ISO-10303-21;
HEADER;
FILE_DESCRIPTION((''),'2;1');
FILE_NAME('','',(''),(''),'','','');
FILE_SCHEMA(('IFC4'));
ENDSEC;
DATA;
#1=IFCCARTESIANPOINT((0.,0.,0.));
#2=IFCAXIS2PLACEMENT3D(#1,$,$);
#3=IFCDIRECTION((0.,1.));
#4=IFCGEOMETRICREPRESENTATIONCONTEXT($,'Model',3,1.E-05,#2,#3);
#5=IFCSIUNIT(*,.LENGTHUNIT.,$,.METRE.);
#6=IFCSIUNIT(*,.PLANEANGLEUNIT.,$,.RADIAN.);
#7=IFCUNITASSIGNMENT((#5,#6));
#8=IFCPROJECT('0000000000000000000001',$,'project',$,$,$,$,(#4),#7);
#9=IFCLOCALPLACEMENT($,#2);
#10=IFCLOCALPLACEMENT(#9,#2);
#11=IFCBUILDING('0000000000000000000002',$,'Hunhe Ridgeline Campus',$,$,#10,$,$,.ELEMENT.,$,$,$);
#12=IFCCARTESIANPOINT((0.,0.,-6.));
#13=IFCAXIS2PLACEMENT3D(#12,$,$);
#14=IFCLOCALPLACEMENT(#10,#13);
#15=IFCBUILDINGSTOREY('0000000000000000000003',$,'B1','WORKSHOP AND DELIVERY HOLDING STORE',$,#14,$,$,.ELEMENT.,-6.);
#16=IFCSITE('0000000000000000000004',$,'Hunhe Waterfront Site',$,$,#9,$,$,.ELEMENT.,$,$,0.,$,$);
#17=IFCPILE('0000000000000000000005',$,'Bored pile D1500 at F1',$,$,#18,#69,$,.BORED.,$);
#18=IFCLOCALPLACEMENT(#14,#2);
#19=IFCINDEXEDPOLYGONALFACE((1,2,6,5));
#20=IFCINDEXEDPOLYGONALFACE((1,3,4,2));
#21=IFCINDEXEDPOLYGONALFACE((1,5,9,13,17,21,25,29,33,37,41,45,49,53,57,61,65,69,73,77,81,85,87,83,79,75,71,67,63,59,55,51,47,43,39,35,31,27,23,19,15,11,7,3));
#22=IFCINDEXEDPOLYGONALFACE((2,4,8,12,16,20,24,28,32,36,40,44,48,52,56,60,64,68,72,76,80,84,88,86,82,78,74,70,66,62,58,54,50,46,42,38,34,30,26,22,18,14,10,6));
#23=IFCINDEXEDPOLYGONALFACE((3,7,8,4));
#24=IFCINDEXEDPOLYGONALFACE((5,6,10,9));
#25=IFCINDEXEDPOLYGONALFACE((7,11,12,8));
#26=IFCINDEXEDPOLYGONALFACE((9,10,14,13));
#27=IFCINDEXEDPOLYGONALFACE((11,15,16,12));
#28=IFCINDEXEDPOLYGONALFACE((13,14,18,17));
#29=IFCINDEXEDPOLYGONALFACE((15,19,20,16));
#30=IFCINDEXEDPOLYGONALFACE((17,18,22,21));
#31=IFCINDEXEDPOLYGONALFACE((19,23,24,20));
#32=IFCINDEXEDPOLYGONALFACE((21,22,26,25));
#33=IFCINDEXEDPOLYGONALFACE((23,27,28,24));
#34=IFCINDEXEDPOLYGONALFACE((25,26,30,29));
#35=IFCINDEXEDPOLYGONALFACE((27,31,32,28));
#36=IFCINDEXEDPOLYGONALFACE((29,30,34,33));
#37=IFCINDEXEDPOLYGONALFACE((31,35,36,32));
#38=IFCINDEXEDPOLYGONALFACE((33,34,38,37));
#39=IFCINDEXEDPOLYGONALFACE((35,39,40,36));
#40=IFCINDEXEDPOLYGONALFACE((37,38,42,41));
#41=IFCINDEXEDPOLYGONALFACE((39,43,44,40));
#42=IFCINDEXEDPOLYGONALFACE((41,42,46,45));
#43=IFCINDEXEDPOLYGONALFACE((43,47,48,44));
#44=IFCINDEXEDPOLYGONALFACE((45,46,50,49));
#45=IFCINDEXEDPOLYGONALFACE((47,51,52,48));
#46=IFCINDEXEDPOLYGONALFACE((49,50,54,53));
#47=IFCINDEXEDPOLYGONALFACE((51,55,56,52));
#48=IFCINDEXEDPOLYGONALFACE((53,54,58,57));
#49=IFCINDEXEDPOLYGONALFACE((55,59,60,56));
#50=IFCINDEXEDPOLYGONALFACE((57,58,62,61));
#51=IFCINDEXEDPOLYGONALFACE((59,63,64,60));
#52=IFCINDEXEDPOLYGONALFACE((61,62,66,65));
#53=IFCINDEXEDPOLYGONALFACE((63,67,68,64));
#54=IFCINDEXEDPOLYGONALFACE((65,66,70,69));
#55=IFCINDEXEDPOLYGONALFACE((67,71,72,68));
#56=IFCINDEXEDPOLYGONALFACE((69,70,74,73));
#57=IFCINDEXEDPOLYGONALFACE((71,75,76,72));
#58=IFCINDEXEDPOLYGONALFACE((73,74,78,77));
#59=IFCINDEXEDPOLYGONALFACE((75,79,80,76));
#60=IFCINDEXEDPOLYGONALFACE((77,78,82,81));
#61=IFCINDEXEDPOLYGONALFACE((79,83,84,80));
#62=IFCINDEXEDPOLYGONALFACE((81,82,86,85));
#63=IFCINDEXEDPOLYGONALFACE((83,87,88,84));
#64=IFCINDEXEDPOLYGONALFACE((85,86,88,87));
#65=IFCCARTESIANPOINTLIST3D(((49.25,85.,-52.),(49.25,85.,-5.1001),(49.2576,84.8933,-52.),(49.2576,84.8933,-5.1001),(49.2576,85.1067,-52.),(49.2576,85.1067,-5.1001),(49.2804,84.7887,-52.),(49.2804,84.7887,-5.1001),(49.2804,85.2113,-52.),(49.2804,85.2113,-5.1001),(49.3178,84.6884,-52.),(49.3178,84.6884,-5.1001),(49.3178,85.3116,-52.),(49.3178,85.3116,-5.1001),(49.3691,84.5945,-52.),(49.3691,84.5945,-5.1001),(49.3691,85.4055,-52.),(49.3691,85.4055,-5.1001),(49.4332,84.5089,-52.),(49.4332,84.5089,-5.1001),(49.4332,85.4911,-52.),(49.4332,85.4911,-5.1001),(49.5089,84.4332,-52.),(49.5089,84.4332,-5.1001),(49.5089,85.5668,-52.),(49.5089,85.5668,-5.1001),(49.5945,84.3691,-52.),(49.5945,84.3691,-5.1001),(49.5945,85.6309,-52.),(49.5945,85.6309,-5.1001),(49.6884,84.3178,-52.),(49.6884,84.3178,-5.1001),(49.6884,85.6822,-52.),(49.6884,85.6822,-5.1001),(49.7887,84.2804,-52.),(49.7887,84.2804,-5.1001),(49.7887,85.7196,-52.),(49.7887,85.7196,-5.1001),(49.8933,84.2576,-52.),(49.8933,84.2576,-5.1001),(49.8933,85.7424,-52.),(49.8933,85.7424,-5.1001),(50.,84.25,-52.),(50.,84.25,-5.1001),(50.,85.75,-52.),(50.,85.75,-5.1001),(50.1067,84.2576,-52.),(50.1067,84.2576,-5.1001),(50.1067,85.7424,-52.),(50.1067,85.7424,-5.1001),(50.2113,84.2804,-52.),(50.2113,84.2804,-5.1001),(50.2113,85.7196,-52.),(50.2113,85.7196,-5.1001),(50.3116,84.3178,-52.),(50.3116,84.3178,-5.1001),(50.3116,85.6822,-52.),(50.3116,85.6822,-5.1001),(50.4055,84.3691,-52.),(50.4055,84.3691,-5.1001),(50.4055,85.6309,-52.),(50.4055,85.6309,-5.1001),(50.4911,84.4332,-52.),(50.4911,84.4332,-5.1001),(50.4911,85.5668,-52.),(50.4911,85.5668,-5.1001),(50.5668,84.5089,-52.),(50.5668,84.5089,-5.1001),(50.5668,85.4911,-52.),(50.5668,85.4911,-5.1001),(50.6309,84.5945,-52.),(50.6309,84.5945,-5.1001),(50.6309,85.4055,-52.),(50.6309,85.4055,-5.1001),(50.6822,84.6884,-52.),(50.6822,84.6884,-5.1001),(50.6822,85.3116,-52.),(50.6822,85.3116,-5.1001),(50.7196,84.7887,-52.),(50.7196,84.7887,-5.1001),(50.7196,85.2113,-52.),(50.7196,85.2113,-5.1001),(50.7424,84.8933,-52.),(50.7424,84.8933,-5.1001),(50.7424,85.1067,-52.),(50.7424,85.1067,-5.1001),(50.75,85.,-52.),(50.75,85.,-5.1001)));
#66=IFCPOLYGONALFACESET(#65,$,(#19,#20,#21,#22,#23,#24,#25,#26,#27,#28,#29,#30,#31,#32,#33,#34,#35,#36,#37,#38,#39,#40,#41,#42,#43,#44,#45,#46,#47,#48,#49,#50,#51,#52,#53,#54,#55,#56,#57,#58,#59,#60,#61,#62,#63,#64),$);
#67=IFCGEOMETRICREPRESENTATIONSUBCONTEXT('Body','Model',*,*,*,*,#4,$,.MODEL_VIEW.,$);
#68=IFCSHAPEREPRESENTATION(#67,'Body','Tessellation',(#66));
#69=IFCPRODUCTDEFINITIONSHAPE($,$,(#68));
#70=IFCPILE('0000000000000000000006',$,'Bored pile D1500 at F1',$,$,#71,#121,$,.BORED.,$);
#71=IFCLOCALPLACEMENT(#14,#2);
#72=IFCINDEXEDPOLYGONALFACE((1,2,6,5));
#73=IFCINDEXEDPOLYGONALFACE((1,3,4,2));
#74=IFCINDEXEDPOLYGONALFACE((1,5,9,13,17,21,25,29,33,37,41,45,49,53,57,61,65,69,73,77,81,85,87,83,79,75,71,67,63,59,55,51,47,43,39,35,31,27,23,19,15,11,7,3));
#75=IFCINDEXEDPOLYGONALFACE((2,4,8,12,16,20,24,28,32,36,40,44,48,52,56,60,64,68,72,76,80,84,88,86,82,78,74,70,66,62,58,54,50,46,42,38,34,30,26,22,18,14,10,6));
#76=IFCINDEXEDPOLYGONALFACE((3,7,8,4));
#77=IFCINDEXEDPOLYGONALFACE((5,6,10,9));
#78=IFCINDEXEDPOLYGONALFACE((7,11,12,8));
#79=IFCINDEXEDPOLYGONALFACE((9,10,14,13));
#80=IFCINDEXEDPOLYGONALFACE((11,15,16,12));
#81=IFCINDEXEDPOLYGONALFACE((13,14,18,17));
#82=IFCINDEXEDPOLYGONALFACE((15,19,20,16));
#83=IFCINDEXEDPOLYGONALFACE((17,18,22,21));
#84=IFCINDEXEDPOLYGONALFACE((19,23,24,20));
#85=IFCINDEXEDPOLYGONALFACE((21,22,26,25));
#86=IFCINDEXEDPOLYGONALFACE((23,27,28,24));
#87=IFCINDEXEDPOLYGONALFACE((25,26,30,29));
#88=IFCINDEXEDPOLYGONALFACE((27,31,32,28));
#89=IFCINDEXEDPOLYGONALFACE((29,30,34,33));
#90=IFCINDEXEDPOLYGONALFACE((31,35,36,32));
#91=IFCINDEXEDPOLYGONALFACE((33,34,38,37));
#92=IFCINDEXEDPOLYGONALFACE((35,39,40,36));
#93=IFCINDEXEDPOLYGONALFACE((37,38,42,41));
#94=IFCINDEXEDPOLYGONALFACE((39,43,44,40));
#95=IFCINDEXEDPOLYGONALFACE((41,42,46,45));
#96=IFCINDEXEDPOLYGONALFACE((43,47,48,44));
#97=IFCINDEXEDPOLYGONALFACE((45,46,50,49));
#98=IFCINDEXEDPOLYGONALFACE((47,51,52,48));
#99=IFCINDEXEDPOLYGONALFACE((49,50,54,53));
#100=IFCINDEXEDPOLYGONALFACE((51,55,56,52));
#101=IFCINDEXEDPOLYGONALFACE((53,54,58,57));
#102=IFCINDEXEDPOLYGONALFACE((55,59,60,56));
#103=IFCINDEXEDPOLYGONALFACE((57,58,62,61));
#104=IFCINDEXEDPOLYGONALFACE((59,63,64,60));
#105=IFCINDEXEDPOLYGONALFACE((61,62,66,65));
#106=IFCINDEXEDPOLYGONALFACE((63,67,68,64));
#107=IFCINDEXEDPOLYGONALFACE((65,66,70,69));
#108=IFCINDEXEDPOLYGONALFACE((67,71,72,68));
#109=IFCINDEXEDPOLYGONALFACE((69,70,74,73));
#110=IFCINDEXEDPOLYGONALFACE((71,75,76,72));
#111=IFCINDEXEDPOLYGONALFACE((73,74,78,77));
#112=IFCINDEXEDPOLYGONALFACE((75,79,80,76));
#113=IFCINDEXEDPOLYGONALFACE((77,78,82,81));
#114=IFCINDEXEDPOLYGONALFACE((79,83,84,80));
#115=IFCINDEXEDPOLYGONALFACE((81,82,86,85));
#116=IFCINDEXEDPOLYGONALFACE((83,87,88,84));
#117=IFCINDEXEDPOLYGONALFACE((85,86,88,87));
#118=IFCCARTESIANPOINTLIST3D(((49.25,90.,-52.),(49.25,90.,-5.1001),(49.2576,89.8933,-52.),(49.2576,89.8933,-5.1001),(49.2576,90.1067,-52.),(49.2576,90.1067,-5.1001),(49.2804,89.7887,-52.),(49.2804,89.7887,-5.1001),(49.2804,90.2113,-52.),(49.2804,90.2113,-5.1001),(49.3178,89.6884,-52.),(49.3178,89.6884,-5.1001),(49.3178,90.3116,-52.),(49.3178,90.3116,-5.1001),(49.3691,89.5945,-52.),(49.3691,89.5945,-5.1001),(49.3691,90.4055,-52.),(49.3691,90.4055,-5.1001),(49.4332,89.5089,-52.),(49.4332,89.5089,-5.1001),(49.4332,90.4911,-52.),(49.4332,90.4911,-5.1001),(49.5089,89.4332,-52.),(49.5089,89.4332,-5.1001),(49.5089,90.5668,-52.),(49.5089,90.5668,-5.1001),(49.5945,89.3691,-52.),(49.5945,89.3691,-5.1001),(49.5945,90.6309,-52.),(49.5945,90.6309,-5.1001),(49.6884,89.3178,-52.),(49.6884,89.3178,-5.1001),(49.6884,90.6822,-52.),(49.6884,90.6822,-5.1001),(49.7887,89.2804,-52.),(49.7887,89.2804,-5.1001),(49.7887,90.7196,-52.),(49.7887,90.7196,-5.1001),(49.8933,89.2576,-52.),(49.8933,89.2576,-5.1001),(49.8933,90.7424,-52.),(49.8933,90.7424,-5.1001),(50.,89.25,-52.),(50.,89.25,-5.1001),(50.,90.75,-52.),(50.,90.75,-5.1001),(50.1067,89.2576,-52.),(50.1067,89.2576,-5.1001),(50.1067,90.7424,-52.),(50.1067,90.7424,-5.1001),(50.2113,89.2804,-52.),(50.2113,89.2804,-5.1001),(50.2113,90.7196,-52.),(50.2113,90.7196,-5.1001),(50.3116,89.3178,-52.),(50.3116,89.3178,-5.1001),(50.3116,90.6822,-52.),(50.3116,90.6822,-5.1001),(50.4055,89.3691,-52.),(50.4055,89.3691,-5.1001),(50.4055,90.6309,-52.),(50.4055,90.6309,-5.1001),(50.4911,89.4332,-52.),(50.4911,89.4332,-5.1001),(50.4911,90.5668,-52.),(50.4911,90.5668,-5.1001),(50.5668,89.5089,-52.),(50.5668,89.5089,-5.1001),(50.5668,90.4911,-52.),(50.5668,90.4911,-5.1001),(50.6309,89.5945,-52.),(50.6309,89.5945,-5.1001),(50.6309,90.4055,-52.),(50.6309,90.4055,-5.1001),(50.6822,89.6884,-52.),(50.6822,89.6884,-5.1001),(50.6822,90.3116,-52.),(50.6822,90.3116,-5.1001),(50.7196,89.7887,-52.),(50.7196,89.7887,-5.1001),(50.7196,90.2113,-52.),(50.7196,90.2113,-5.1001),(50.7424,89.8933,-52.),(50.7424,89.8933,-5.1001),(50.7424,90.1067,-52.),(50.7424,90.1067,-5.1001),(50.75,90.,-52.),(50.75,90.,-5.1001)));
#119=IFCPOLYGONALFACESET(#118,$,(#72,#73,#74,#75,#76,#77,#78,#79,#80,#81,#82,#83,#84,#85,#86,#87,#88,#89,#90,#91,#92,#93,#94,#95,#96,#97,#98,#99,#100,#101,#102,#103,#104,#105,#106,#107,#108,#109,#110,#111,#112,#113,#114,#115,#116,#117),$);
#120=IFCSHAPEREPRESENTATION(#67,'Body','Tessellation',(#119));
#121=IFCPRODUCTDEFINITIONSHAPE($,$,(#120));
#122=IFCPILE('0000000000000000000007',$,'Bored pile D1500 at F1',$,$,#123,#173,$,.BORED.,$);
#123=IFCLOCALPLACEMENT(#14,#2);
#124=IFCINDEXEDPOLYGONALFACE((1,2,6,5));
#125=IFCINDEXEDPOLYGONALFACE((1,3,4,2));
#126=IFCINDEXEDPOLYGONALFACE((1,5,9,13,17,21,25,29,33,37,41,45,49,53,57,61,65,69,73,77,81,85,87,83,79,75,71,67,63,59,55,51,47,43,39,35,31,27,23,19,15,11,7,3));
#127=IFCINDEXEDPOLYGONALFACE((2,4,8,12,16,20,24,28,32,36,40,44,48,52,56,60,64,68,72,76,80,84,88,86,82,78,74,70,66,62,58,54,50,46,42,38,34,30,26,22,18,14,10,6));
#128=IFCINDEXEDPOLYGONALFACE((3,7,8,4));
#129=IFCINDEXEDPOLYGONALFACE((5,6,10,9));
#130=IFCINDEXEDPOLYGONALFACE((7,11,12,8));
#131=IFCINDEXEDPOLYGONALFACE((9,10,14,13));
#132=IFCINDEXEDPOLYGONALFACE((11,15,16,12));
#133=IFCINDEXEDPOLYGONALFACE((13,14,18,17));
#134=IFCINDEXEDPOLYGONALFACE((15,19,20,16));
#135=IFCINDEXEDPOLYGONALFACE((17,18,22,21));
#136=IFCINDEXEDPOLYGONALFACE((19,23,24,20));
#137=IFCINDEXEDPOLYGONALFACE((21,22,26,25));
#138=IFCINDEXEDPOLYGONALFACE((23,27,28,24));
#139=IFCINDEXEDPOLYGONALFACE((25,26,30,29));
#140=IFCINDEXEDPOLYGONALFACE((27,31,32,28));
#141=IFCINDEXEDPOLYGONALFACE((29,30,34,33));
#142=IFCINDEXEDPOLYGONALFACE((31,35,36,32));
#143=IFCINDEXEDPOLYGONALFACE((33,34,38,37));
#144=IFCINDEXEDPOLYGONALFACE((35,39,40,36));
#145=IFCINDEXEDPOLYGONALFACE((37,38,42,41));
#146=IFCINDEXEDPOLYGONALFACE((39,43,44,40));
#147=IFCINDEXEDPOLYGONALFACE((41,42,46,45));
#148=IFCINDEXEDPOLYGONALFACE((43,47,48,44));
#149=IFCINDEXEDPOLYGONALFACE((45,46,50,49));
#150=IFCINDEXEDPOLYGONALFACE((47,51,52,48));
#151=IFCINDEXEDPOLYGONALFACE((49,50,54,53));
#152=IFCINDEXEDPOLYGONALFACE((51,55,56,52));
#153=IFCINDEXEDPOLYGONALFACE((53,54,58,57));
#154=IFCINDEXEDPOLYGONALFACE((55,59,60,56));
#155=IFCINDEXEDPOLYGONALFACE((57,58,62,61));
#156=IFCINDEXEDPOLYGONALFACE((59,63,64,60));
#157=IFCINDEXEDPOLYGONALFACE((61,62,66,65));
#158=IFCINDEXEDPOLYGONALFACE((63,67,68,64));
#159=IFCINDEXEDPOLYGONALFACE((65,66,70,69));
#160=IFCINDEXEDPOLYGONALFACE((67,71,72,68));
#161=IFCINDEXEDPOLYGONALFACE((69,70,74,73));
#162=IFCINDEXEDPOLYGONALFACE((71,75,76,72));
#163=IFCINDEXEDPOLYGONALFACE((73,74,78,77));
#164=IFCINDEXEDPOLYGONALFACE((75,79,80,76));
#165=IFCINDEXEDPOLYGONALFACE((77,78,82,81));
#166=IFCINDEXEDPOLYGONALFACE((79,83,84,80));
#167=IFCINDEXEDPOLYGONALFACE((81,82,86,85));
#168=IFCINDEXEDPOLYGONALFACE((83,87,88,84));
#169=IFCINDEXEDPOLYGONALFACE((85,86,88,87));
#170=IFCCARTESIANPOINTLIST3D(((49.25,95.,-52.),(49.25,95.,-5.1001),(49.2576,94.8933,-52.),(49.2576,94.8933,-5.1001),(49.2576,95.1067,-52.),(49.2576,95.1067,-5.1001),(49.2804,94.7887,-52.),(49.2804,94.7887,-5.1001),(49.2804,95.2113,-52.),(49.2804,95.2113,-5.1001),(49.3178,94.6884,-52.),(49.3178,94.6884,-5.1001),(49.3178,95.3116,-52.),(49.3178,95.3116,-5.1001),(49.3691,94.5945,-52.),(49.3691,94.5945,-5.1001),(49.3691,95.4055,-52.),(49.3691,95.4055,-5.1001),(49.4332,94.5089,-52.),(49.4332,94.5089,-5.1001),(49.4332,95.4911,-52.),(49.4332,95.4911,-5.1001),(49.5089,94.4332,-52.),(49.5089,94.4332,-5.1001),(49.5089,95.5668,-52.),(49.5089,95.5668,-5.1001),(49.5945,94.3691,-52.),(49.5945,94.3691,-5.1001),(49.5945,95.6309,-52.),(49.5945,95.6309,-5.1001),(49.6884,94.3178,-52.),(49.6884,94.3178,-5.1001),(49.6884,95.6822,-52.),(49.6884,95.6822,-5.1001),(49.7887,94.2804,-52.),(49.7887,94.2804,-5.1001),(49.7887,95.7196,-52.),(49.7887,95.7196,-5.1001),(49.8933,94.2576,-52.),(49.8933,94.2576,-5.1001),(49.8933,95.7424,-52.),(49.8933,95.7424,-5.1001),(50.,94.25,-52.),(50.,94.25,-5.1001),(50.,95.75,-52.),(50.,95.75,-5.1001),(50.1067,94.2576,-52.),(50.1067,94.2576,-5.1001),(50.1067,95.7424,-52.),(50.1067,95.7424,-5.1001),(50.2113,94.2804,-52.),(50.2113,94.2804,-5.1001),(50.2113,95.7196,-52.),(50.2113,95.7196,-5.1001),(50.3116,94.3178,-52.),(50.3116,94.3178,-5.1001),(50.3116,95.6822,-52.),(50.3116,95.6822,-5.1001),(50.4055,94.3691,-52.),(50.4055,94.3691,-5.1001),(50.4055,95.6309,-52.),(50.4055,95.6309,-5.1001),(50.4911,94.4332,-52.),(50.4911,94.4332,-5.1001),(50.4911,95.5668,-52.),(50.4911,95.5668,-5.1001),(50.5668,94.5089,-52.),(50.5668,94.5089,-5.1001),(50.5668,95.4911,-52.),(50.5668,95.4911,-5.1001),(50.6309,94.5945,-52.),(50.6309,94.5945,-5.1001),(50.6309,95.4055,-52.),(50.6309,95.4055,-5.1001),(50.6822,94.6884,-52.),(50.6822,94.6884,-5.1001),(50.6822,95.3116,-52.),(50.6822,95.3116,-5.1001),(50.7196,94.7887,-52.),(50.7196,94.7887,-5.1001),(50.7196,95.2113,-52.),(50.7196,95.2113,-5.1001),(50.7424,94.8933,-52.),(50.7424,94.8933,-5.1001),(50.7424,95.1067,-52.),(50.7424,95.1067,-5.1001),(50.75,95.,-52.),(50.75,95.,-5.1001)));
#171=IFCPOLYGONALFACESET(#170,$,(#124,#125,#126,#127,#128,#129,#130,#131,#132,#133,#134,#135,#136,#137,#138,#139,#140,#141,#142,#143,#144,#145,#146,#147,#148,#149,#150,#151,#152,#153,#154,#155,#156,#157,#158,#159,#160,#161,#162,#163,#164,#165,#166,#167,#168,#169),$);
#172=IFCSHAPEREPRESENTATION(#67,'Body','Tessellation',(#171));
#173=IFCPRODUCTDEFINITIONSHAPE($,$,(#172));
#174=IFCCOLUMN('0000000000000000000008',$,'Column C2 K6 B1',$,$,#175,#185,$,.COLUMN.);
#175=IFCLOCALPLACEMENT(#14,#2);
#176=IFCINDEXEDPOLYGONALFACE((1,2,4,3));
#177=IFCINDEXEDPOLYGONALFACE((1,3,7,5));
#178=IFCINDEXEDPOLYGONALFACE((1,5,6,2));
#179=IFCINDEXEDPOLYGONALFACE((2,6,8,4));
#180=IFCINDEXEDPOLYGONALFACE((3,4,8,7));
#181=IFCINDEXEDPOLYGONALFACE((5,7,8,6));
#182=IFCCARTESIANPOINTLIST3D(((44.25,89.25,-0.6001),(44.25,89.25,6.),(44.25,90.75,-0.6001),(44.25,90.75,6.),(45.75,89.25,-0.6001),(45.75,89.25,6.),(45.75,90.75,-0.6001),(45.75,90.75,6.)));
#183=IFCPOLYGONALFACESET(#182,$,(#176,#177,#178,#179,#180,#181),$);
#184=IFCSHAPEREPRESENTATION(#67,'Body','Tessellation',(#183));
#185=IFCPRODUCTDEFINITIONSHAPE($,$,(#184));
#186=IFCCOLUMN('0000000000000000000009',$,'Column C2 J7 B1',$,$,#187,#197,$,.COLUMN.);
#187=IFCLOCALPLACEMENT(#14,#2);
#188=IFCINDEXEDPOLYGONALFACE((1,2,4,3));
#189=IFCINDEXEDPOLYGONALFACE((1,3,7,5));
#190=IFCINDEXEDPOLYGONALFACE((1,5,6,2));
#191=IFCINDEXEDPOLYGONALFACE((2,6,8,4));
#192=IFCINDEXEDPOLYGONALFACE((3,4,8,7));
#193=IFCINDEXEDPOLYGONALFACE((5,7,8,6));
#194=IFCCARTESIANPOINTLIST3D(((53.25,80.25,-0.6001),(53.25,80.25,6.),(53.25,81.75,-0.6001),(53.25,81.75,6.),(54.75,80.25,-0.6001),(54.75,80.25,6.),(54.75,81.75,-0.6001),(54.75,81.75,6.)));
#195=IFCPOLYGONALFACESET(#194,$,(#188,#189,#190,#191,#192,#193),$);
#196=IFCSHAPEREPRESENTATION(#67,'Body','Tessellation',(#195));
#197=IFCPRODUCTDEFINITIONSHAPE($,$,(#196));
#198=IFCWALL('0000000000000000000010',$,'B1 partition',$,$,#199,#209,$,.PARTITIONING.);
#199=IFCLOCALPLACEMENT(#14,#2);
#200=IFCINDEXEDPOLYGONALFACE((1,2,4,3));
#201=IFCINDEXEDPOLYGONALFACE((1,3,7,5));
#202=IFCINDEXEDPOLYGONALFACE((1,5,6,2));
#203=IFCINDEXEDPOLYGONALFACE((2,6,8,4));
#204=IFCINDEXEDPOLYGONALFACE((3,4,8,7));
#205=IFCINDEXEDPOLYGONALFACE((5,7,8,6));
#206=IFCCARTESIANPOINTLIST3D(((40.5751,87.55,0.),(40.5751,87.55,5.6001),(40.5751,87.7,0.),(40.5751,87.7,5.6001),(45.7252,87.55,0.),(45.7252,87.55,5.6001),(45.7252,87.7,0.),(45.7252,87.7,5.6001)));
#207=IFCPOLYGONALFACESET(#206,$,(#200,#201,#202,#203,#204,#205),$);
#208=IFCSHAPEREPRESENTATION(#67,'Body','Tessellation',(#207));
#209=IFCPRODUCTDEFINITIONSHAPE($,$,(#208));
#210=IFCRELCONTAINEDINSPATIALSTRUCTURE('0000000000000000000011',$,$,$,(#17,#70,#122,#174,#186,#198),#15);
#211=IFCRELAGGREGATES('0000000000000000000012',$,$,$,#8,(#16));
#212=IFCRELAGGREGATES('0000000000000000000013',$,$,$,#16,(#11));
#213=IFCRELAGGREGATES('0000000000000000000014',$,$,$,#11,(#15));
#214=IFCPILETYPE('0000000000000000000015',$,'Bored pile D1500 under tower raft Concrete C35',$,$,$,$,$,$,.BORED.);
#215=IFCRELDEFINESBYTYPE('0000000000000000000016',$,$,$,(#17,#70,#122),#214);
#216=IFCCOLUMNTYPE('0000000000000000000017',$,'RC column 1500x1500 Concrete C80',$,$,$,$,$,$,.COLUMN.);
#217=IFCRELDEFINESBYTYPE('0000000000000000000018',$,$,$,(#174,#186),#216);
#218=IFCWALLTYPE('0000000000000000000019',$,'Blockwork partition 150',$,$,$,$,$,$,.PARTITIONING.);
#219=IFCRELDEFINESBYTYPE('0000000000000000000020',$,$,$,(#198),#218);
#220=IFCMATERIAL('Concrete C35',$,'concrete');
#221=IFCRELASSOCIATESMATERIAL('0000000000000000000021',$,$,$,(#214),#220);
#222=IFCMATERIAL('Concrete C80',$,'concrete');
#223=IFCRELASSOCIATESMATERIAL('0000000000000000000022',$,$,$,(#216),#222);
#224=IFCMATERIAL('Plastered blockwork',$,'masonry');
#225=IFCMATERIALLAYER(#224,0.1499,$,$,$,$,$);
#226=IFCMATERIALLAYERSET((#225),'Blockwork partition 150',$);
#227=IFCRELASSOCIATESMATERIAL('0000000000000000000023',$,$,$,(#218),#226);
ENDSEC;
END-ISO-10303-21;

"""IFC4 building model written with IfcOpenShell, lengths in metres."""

from ifc_helpers import new_model, si_unit, direction, frame, frame_2d, origin, origin_2d, place, context, subcontext, project, spatial, rectangle, circle, extrude, material, layer, layer_set, material_profile, profile_set, type_object, element, save


model = new_model("IFC4")

# Units and contexts
model_context = context("Model", 3, precision=1e-05, world=origin(), true_north=direction((0.0, 1.0)))
body_context = subcontext(model_context, "Body", "Model", "MODEL_VIEW")
ifc_project = project(units=[si_unit("LENGTHUNIT", "METRE"), si_unit("PLANEANGLEUNIT", "RADIAN")], contexts=[model_context])

# Site, building, storey
site_placement = place(None, origin())
site = spatial("IfcSite", under=ifc_project, at=site_placement, Name="Hunhe Waterfront Site", CompositionType="ELEMENT", RefElevation=0.0)
building_placement = place(site_placement, origin())
building = spatial("IfcBuilding", under=site, at=building_placement, Name="Hunhe Ridgeline Campus", CompositionType="ELEMENT")
storey_placement = place(building_placement, frame((0.0, 0.0, -6.0)))
storey = spatial("IfcBuildingStorey", under=building, at=storey_placement, Name="B1", Description="WORKSHOP AND DELIVERY HOLDING STORE", CompositionType="ELEMENT", Elevation=-6.0)

# Piles
ifc_material_1 = material(Name="Concrete C35", Category="concrete")
ifc_material_profile_1 = material_profile(ifc_material_1, circle(Radius=0.75, at=origin_2d()))
ifc_profile_set_1 = profile_set([ifc_material_profile_1], Name="Concrete C35")
pile_type = type_object("IfcPileType", Name="Bored pile D1500 under tower raft Concrete C35", PredefinedType="BORED", material=ifc_profile_set_1)
for number, where, z_axis, x_axis, name in (
    (1, (50.0, 85.0, -5.1001), (0.0, 0.0, -1.0), (1.0, 0.0, 0.0), "Bored pile D1500 at F1"),
    (2, (50.0, 90.0, -5.1001), (0.0, 0.0, -1.0), (1.0, 0.0, 0.0), "Bored pile D1500 at F1"),
    (3, (50.0, 95.0, -5.1001), (0.0, 0.0, -1.0), (1.0, 0.0, 0.0), "Bored pile D1500 at F1"),
):
    element("IfcPile", number, at=place(storey_placement, frame(where, z_axis=z_axis, x_axis=x_axis)), inside=storey, type_object=pile_type, Name=name, PredefinedType="BORED", context=body_context, shape_type="SweptSolid", body=[
        extrude(circle(Radius=0.75, at=origin_2d()), origin(), (0.0, 0.0, 1.0), 46.8999),
    ])

# Columns
ifc_material_2 = material(Name="Concrete C80", Category="concrete")
ifc_material_profile_2 = material_profile(ifc_material_2, rectangle(XDim=1.5, YDim=1.5, at=origin_2d()))
ifc_profile_set_2 = profile_set([ifc_material_profile_2], Name="Concrete C80")
column_type = type_object("IfcColumnType", Name="RC column 1500x1500 Concrete C80", PredefinedType="COLUMN", material=ifc_profile_set_2)
for number, where, z_axis, x_axis, name in (
    (4, (45.0, 90.0, -0.6001), (0.0, 0.0, 1.0), (1.0, 0.0, 0.0), "Column C2 K6 B1"),
    (5, (54.0, 81.0, -0.6001), (0.0, 0.0, 1.0), (1.0, 0.0, 0.0), "Column C2 J7 B1"),
):
    element("IfcColumn", number, at=place(storey_placement, frame(where, z_axis=z_axis, x_axis=x_axis)), inside=storey, type_object=column_type, Name=name, PredefinedType="COLUMN", context=body_context, shape_type="SweptSolid", body=[
        extrude(rectangle(XDim=1.5, YDim=1.5, at=origin_2d()), origin(), (0.0, 0.0, 1.0), 6.6001),
    ])

# Wall
ifc_material_3 = material(Name="Plastered blockwork", Category="masonry")
ifc_layer_1 = layer(ifc_material_3, 0.1499)
ifc_layer_set_1 = layer_set([ifc_layer_1], Name="Blockwork partition 150")
wall_type_1 = type_object("IfcWallType", Name="Blockwork partition 150", PredefinedType="PARTITIONING", material=ifc_layer_set_1)
wall_1_placement = place(storey_placement, frame((40.575, 87.625, 0.0), z_axis=(0.0, 0.0, 1.0), x_axis=(1.0, 0.0, 0.0)))
element("IfcWall", 6, at=wall_1_placement, inside=storey, type_object=wall_type_1, Name="B1 partition", PredefinedType="PARTITIONING", context=body_context, shape_type="SweptSolid", body=[
    extrude(rectangle(XDim=5.1501, YDim=0.1499, at=frame_2d((2.5752, 0.0))), origin(), (0.0, 0.0, 1.0), 5.6001),
])

save(model, "model.ifc")
